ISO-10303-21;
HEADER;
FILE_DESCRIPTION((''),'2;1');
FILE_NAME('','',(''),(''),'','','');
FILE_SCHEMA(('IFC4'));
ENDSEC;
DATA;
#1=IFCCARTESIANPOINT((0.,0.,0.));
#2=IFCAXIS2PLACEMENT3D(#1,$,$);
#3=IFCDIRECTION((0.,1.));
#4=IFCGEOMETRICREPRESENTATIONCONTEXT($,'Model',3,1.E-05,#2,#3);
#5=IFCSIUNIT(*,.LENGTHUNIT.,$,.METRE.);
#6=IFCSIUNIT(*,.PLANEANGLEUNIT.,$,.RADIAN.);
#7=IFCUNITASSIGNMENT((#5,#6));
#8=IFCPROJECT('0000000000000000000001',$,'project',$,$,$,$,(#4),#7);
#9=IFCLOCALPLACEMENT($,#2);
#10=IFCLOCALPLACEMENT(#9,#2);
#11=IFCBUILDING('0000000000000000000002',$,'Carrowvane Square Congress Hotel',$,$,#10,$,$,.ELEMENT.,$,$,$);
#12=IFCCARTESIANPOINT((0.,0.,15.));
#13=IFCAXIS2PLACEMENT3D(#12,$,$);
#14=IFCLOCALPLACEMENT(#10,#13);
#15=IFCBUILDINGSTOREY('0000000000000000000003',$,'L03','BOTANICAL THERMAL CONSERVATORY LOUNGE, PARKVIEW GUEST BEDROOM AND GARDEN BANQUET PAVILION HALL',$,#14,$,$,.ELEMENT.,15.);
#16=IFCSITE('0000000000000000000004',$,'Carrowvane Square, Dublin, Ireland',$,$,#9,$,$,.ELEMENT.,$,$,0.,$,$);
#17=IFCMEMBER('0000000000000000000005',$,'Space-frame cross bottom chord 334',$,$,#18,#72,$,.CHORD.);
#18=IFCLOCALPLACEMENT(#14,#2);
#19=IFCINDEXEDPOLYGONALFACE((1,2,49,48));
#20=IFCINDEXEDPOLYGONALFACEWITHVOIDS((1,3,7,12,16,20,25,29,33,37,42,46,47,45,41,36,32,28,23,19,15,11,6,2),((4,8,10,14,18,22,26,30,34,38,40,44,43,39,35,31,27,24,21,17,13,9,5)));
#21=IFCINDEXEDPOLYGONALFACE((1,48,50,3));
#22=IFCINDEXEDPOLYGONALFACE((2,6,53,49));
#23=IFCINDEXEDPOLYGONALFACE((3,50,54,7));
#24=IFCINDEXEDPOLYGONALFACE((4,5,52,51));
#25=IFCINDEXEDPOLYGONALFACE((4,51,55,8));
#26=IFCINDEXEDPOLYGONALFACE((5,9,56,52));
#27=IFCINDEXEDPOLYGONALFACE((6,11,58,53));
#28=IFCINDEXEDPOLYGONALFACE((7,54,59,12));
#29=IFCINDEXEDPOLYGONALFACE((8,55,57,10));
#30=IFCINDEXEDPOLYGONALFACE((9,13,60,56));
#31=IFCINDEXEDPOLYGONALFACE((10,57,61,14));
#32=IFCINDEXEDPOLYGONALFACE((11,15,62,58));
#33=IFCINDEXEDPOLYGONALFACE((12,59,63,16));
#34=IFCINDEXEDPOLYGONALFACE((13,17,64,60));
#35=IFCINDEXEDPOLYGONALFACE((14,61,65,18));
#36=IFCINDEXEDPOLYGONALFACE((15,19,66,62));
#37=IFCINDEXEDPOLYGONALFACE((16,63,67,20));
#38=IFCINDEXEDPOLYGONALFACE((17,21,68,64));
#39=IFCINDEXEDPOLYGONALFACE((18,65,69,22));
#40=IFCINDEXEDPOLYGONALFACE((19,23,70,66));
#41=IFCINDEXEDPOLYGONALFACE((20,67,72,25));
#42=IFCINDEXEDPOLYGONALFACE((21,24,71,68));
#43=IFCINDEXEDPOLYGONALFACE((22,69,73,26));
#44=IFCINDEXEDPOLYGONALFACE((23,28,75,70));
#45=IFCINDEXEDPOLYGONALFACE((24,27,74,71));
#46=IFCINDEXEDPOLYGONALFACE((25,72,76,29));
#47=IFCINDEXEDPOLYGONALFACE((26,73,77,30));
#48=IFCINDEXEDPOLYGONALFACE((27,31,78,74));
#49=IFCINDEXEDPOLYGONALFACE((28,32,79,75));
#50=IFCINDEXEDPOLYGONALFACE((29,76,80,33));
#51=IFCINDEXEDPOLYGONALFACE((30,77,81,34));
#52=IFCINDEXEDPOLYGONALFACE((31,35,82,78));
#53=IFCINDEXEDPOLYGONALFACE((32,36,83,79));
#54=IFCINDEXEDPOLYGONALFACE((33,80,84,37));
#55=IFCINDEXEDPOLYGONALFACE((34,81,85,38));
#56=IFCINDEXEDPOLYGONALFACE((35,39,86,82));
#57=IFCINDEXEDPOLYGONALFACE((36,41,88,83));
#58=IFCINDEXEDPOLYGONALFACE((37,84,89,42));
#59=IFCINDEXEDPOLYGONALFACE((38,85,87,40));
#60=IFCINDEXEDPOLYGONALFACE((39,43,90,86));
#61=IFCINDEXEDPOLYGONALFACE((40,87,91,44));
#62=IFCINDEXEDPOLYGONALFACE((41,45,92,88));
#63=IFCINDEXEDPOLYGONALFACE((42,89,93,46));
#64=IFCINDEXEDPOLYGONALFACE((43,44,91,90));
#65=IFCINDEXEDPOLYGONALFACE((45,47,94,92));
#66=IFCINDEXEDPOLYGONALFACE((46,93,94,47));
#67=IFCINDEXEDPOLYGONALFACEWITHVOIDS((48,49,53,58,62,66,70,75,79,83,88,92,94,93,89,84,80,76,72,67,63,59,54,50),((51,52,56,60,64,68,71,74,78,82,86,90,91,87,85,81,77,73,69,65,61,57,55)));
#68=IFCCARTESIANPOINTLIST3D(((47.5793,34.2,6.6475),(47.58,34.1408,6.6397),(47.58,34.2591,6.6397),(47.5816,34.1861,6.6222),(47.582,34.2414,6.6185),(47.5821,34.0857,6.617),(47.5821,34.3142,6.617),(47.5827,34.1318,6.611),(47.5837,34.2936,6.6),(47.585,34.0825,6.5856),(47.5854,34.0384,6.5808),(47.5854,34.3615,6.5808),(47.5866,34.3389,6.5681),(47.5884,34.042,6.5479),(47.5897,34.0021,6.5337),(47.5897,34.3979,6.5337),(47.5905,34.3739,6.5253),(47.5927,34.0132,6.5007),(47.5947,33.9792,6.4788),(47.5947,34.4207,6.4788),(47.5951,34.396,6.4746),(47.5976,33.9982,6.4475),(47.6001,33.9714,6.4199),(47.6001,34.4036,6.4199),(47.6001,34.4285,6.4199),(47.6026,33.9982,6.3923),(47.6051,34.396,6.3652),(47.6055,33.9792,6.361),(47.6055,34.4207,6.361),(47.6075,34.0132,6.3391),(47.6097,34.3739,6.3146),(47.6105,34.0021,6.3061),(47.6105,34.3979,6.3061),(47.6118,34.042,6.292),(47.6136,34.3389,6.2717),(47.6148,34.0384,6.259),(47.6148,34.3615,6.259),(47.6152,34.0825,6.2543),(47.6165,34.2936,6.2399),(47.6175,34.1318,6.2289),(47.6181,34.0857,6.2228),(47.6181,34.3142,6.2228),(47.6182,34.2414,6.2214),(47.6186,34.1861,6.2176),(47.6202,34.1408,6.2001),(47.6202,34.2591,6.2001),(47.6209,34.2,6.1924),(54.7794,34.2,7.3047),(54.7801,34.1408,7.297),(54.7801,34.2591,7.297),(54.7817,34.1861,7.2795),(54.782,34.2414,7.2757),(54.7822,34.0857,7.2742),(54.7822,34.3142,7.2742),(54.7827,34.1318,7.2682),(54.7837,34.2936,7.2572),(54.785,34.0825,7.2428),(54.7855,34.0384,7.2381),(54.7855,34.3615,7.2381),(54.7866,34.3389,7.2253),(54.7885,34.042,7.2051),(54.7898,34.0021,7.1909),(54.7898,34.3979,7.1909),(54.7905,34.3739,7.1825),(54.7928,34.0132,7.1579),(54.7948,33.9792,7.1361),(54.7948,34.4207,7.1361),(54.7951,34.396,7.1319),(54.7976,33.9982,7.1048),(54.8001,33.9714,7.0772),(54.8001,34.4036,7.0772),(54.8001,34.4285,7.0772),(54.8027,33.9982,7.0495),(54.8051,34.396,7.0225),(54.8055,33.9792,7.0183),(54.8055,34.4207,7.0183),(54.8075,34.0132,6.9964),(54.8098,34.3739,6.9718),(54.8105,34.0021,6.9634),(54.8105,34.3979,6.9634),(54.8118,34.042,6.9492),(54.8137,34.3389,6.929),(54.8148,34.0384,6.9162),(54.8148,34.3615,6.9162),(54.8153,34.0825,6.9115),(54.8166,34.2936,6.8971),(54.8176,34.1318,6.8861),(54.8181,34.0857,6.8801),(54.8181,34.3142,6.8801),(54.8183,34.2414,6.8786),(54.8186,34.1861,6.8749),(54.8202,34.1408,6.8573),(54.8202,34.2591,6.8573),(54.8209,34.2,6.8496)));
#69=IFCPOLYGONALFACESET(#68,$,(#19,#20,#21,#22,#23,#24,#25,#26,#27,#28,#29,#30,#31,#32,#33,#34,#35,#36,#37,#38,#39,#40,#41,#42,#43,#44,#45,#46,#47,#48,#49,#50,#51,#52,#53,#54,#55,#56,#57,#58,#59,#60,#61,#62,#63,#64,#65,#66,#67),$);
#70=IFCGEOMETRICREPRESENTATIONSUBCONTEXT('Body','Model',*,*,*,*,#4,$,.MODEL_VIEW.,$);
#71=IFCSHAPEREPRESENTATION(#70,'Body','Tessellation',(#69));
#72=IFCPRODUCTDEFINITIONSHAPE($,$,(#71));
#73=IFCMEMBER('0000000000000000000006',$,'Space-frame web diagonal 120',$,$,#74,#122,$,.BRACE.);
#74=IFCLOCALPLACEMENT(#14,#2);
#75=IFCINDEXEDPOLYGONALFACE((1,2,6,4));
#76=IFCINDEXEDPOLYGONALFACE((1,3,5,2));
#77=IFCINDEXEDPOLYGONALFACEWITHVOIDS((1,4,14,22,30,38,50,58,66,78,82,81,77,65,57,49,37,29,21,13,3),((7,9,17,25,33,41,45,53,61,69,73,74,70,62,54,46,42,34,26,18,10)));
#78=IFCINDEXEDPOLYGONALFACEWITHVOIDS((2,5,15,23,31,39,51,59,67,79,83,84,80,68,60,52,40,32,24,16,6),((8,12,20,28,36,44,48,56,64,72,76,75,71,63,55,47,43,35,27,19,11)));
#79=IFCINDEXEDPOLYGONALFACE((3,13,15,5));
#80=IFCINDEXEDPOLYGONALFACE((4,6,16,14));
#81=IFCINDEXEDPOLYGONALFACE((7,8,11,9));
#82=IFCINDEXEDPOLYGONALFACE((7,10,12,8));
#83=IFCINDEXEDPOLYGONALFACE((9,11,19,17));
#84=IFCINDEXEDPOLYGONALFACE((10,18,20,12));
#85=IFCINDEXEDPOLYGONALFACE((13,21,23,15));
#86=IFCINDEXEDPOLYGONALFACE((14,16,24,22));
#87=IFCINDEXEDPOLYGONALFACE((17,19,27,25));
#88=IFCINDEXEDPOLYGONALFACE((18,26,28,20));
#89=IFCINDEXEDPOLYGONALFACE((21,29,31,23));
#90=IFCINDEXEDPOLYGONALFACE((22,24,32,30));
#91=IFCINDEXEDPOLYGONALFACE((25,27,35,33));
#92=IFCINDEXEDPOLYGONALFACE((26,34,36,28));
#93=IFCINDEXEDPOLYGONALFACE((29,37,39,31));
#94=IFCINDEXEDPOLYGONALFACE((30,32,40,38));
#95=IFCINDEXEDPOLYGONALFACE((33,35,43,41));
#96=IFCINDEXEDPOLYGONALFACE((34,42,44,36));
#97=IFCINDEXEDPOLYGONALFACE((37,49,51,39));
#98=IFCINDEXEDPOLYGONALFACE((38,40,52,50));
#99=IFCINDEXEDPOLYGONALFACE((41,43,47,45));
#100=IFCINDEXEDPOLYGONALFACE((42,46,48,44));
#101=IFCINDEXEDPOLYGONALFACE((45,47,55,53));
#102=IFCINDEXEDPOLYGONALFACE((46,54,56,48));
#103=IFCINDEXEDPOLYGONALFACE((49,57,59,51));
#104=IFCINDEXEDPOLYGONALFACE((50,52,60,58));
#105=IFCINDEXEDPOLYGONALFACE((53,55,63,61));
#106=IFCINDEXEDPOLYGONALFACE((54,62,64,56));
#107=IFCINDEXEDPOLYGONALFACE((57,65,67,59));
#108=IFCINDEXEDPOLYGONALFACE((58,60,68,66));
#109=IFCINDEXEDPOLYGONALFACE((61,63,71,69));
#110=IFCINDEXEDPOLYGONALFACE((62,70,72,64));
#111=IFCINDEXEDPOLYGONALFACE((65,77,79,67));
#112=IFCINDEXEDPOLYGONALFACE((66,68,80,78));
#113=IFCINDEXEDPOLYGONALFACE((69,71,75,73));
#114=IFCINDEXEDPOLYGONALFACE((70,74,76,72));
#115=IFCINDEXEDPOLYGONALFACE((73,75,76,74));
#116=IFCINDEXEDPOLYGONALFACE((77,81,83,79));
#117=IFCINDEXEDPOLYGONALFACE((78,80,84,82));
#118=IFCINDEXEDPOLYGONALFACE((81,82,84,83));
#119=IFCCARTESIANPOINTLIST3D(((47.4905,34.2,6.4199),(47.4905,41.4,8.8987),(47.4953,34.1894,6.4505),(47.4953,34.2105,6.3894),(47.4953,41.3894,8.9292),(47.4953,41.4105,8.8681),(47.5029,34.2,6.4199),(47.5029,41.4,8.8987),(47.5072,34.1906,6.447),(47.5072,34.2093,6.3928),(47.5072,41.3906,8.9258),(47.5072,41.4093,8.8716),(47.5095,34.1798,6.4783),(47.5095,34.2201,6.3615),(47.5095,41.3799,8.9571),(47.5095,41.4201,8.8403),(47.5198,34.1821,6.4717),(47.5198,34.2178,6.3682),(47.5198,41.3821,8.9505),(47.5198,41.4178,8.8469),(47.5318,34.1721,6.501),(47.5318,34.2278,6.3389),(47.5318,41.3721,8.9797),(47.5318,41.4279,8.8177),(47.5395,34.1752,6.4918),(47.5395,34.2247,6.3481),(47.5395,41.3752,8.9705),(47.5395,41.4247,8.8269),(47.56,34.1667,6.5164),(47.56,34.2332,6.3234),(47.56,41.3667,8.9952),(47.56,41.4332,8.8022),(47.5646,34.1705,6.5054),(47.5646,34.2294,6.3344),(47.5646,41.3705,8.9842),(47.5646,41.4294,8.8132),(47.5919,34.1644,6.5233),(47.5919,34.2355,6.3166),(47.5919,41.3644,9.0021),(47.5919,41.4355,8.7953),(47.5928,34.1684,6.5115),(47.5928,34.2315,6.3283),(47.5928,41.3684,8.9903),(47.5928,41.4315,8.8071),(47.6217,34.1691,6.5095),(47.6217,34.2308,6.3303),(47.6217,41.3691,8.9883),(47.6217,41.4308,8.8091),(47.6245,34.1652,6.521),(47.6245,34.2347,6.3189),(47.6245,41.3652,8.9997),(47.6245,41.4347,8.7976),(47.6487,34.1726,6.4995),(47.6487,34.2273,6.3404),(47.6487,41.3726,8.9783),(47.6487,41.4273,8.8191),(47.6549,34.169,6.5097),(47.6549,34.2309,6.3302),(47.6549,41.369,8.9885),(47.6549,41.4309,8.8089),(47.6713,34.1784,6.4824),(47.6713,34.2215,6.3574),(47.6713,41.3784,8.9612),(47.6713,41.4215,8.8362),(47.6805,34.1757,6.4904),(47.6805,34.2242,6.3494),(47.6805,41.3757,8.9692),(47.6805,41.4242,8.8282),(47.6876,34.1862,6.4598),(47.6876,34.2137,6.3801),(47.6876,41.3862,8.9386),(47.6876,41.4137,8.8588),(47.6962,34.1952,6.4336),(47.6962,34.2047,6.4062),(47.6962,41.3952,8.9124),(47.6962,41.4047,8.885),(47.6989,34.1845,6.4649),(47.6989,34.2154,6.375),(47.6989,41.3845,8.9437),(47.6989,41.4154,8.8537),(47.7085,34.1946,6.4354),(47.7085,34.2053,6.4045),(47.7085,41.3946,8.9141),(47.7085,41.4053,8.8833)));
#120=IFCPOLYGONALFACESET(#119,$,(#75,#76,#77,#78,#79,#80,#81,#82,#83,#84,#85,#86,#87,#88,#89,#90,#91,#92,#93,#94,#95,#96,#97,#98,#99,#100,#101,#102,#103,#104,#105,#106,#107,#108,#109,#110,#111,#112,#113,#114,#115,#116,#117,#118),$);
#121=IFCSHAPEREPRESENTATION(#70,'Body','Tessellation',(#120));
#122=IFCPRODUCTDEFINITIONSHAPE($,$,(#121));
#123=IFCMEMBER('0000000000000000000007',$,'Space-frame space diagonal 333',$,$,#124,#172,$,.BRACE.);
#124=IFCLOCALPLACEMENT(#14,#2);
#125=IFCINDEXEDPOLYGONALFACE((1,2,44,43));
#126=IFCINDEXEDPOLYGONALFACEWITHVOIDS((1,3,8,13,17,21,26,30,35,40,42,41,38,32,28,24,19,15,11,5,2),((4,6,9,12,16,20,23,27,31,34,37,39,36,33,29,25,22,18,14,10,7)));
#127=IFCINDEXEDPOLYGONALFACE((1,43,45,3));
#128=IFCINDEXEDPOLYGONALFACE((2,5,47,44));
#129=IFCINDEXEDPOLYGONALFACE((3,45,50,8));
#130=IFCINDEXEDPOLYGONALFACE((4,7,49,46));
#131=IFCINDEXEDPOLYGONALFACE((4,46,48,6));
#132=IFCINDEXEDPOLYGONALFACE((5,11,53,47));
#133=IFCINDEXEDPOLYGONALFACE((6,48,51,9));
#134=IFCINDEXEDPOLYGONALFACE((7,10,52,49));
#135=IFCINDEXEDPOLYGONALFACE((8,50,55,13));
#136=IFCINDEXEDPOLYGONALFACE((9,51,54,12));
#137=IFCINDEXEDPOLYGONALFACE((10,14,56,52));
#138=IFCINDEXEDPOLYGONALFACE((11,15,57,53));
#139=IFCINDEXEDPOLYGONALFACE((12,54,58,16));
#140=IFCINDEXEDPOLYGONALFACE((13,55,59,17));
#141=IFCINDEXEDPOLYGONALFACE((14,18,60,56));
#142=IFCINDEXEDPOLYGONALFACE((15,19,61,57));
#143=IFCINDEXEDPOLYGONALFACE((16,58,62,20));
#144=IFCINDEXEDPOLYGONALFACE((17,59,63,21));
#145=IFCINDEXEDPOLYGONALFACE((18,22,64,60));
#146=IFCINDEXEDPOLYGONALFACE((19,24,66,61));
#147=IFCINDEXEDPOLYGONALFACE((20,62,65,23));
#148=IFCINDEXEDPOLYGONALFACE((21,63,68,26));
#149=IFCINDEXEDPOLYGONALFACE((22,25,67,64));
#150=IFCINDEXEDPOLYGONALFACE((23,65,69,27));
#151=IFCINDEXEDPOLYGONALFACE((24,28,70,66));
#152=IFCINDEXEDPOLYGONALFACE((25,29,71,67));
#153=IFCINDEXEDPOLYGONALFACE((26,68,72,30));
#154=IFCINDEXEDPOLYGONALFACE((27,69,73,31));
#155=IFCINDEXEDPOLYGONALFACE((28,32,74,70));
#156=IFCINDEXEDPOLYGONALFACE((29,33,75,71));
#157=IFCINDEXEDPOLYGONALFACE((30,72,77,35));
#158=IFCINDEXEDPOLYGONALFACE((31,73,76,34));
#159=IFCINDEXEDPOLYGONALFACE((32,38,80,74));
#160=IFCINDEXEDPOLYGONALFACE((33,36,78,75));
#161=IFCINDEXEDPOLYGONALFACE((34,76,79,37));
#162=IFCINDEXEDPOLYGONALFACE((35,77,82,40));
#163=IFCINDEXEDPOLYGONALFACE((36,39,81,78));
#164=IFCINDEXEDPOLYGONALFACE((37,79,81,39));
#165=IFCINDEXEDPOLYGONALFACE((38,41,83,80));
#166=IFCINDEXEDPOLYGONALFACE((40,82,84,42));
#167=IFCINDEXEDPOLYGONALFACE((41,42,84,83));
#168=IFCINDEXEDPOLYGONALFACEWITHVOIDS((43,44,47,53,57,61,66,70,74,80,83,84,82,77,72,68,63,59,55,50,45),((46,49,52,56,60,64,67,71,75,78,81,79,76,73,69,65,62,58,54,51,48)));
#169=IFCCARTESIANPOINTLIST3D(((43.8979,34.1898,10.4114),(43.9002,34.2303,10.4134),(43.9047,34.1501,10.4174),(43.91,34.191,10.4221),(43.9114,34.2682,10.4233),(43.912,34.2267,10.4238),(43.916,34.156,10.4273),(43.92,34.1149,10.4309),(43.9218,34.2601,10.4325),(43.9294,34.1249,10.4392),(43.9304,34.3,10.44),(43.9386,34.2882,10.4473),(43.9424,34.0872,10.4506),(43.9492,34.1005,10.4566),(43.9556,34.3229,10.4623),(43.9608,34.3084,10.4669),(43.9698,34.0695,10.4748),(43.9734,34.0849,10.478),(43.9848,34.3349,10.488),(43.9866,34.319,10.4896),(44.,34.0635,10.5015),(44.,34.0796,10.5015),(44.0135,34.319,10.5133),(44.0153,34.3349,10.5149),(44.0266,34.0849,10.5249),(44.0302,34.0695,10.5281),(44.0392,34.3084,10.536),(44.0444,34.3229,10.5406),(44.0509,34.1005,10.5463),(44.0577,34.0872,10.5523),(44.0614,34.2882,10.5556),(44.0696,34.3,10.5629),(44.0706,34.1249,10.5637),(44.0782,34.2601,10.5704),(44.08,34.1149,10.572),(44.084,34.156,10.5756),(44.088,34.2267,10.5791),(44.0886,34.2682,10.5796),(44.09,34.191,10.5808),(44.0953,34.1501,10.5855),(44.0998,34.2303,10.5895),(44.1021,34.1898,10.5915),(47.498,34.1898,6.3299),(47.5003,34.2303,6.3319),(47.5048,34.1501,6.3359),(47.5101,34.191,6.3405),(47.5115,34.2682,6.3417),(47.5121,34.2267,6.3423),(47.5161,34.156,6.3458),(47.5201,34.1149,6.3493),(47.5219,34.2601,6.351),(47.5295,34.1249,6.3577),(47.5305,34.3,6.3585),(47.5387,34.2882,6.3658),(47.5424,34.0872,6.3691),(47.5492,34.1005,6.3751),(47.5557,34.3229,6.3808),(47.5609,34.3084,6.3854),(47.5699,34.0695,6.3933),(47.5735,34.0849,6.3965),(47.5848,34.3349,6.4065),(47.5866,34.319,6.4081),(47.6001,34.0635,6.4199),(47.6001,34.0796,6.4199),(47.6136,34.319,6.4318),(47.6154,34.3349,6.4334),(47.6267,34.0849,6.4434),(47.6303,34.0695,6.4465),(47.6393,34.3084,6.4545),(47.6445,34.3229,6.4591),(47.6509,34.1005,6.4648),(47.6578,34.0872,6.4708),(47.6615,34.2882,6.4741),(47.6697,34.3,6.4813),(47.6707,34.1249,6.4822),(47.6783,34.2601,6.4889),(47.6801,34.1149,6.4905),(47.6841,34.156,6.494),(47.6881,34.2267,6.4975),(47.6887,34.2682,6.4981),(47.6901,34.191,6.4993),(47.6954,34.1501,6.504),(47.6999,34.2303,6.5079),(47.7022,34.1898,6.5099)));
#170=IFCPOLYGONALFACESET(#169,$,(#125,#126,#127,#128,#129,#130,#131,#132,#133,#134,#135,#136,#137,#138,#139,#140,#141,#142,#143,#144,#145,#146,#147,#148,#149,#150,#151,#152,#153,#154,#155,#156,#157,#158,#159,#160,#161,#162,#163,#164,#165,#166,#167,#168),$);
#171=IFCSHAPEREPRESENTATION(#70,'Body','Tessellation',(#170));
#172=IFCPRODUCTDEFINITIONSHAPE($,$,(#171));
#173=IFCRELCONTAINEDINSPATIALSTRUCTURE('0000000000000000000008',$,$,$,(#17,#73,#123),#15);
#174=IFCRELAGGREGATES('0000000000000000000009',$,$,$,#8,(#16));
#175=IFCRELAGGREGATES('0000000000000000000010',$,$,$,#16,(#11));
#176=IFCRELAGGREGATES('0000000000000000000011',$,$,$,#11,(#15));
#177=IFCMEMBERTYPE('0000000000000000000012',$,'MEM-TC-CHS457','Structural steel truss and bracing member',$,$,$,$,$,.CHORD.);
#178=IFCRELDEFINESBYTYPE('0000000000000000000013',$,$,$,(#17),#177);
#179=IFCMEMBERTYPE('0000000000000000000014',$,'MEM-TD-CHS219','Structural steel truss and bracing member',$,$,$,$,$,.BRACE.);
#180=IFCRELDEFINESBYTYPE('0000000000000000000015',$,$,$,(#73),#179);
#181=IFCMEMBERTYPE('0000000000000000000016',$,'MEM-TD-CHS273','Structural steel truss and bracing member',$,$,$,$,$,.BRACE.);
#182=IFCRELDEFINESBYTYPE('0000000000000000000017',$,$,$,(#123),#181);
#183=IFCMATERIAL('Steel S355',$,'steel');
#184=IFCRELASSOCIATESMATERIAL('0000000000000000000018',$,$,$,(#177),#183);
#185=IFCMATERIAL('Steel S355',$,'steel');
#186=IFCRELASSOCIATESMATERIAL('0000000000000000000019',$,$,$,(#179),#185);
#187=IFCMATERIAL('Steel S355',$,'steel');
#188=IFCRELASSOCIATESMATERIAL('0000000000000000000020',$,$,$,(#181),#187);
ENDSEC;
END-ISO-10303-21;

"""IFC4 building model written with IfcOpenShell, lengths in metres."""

from ifc_helpers import new_model, si_unit, direction, frame, origin, origin_2d, place, context, subcontext, project, spatial, hollow_circle, extrude, material, material_profile, profile_set, type_object, element, save


model = new_model("IFC4")

# Units and contexts
model_context = context("Model", 3, precision=1e-05, world=origin(), true_north=direction((0.0, 1.0)))
body_context = subcontext(model_context, "Body", "Model", "MODEL_VIEW")
ifc_project = project(units=[si_unit("LENGTHUNIT", "METRE"), si_unit("PLANEANGLEUNIT", "RADIAN")], contexts=[model_context])

# Site, building, storey
site_placement = place(None, origin())
site = spatial("IfcSite", under=ifc_project, at=site_placement, Name="Carrowvane Square, Dublin, Ireland", CompositionType="ELEMENT", RefElevation=0.0)
building_placement = place(site_placement, origin())
building = spatial("IfcBuilding", under=site, at=building_placement, Name="Carrowvane Square Congress Hotel", CompositionType="ELEMENT")
storey_placement = place(building_placement, frame((0.0, 0.0, 15.0)))
storey = spatial("IfcBuildingStorey", under=building, at=storey_placement, Name="L03", Description="BOTANICAL THERMAL CONSERVATORY LOUNGE, PARKVIEW GUEST BEDROOM AND GARDEN BANQUET PAVILION HALL", CompositionType="ELEMENT", Elevation=15.0)

# Members
ifc_material_1 = material(Name="Steel S355", Category="steel")
ifc_material_profile_1 = material_profile(ifc_material_1, hollow_circle(Radius=0.2285, WallThickness=0.0249, at=origin_2d()), Name="CHS 457.0x25")
ifc_profile_set_1 = profile_set([ifc_material_profile_1], Name="Steel S355")
member_type_1 = type_object("IfcMemberType", Name="MEM-TC-CHS457", Description="Structural steel truss and bracing member", PredefinedType="CHORD", material=ifc_profile_set_1)
member_1_placement = place(storey_placement, frame((47.6001, 34.2, 6.4199), z_axis=(0.99586, 0.0, 0.090904), x_axis=(0.0, 1.0, 0.0)))
element("IfcMember", 1, at=member_1_placement, inside=storey, type_object=member_type_1, Name="Space-frame cross bottom chord 334", PredefinedType="CHORD", context=body_context, shape_type="SweptSolid", body=[
    extrude(hollow_circle(Radius=0.2285, WallThickness=0.0249, at=origin_2d()), origin(), (0.0, 0.0, 1.0), 7.23),
])
ifc_material_2 = material(Name="Steel S355", Category="steel")
ifc_material_profile_2 = material_profile(ifc_material_2, hollow_circle(Radius=0.1096, WallThickness=0.0125, at=origin_2d()), Name="CHS 219.1x12.5")
ifc_profile_set_2 = profile_set([ifc_material_profile_2], Name="Steel S355")
member_type_2 = type_object("IfcMemberType", Name="MEM-TD-CHS219", Description="Structural steel truss and bracing member", PredefinedType="BRACE", material=ifc_profile_set_2)
member_2_placement = place(storey_placement, frame((47.6001, 34.2, 6.4199), z_axis=(0.0, 0.945534, 0.325523), x_axis=(-1.0, 0.0, 0.0)))
element("IfcMember", 2, at=member_2_placement, inside=storey, type_object=member_type_2, Name="Space-frame web diagonal 120", PredefinedType="BRACE", context=body_context, shape_type="SweptSolid", body=[
    extrude(hollow_circle(Radius=0.1096, WallThickness=0.0125, at=origin_2d()), origin(), (0.0, 0.0, 1.0), 7.6147),
])
ifc_material_3 = material(Name="Steel S355", Category="steel")
ifc_material_profile_3 = material_profile(ifc_material_3, hollow_circle(Radius=0.1365, WallThickness=0.0161, at=origin_2d()), Name="CHS 273.0x16")
ifc_profile_set_3 = profile_set([ifc_material_profile_3], Name="Steel S355")
member_type_3 = type_object("IfcMemberType", Name="MEM-TD-CHS273", Description="Structural steel truss and bracing member", PredefinedType="BRACE", material=ifc_profile_set_3)
member_3_placement = place(storey_placement, frame((47.6001, 34.2, 6.4199), z_axis=(-0.661491, 0.0, 0.749953), x_axis=(0.0, -1.0, 0.0)))
element("IfcMember", 3, at=member_3_placement, inside=storey, type_object=member_type_3, Name="Space-frame space diagonal 333", PredefinedType="BRACE", context=body_context, shape_type="SweptSolid", body=[
    extrude(hollow_circle(Radius=0.1365, WallThickness=0.0161, at=origin_2d()), origin(), (0.0, 0.0, 1.0), 5.4424),
])

save(model, "model.ifc")
